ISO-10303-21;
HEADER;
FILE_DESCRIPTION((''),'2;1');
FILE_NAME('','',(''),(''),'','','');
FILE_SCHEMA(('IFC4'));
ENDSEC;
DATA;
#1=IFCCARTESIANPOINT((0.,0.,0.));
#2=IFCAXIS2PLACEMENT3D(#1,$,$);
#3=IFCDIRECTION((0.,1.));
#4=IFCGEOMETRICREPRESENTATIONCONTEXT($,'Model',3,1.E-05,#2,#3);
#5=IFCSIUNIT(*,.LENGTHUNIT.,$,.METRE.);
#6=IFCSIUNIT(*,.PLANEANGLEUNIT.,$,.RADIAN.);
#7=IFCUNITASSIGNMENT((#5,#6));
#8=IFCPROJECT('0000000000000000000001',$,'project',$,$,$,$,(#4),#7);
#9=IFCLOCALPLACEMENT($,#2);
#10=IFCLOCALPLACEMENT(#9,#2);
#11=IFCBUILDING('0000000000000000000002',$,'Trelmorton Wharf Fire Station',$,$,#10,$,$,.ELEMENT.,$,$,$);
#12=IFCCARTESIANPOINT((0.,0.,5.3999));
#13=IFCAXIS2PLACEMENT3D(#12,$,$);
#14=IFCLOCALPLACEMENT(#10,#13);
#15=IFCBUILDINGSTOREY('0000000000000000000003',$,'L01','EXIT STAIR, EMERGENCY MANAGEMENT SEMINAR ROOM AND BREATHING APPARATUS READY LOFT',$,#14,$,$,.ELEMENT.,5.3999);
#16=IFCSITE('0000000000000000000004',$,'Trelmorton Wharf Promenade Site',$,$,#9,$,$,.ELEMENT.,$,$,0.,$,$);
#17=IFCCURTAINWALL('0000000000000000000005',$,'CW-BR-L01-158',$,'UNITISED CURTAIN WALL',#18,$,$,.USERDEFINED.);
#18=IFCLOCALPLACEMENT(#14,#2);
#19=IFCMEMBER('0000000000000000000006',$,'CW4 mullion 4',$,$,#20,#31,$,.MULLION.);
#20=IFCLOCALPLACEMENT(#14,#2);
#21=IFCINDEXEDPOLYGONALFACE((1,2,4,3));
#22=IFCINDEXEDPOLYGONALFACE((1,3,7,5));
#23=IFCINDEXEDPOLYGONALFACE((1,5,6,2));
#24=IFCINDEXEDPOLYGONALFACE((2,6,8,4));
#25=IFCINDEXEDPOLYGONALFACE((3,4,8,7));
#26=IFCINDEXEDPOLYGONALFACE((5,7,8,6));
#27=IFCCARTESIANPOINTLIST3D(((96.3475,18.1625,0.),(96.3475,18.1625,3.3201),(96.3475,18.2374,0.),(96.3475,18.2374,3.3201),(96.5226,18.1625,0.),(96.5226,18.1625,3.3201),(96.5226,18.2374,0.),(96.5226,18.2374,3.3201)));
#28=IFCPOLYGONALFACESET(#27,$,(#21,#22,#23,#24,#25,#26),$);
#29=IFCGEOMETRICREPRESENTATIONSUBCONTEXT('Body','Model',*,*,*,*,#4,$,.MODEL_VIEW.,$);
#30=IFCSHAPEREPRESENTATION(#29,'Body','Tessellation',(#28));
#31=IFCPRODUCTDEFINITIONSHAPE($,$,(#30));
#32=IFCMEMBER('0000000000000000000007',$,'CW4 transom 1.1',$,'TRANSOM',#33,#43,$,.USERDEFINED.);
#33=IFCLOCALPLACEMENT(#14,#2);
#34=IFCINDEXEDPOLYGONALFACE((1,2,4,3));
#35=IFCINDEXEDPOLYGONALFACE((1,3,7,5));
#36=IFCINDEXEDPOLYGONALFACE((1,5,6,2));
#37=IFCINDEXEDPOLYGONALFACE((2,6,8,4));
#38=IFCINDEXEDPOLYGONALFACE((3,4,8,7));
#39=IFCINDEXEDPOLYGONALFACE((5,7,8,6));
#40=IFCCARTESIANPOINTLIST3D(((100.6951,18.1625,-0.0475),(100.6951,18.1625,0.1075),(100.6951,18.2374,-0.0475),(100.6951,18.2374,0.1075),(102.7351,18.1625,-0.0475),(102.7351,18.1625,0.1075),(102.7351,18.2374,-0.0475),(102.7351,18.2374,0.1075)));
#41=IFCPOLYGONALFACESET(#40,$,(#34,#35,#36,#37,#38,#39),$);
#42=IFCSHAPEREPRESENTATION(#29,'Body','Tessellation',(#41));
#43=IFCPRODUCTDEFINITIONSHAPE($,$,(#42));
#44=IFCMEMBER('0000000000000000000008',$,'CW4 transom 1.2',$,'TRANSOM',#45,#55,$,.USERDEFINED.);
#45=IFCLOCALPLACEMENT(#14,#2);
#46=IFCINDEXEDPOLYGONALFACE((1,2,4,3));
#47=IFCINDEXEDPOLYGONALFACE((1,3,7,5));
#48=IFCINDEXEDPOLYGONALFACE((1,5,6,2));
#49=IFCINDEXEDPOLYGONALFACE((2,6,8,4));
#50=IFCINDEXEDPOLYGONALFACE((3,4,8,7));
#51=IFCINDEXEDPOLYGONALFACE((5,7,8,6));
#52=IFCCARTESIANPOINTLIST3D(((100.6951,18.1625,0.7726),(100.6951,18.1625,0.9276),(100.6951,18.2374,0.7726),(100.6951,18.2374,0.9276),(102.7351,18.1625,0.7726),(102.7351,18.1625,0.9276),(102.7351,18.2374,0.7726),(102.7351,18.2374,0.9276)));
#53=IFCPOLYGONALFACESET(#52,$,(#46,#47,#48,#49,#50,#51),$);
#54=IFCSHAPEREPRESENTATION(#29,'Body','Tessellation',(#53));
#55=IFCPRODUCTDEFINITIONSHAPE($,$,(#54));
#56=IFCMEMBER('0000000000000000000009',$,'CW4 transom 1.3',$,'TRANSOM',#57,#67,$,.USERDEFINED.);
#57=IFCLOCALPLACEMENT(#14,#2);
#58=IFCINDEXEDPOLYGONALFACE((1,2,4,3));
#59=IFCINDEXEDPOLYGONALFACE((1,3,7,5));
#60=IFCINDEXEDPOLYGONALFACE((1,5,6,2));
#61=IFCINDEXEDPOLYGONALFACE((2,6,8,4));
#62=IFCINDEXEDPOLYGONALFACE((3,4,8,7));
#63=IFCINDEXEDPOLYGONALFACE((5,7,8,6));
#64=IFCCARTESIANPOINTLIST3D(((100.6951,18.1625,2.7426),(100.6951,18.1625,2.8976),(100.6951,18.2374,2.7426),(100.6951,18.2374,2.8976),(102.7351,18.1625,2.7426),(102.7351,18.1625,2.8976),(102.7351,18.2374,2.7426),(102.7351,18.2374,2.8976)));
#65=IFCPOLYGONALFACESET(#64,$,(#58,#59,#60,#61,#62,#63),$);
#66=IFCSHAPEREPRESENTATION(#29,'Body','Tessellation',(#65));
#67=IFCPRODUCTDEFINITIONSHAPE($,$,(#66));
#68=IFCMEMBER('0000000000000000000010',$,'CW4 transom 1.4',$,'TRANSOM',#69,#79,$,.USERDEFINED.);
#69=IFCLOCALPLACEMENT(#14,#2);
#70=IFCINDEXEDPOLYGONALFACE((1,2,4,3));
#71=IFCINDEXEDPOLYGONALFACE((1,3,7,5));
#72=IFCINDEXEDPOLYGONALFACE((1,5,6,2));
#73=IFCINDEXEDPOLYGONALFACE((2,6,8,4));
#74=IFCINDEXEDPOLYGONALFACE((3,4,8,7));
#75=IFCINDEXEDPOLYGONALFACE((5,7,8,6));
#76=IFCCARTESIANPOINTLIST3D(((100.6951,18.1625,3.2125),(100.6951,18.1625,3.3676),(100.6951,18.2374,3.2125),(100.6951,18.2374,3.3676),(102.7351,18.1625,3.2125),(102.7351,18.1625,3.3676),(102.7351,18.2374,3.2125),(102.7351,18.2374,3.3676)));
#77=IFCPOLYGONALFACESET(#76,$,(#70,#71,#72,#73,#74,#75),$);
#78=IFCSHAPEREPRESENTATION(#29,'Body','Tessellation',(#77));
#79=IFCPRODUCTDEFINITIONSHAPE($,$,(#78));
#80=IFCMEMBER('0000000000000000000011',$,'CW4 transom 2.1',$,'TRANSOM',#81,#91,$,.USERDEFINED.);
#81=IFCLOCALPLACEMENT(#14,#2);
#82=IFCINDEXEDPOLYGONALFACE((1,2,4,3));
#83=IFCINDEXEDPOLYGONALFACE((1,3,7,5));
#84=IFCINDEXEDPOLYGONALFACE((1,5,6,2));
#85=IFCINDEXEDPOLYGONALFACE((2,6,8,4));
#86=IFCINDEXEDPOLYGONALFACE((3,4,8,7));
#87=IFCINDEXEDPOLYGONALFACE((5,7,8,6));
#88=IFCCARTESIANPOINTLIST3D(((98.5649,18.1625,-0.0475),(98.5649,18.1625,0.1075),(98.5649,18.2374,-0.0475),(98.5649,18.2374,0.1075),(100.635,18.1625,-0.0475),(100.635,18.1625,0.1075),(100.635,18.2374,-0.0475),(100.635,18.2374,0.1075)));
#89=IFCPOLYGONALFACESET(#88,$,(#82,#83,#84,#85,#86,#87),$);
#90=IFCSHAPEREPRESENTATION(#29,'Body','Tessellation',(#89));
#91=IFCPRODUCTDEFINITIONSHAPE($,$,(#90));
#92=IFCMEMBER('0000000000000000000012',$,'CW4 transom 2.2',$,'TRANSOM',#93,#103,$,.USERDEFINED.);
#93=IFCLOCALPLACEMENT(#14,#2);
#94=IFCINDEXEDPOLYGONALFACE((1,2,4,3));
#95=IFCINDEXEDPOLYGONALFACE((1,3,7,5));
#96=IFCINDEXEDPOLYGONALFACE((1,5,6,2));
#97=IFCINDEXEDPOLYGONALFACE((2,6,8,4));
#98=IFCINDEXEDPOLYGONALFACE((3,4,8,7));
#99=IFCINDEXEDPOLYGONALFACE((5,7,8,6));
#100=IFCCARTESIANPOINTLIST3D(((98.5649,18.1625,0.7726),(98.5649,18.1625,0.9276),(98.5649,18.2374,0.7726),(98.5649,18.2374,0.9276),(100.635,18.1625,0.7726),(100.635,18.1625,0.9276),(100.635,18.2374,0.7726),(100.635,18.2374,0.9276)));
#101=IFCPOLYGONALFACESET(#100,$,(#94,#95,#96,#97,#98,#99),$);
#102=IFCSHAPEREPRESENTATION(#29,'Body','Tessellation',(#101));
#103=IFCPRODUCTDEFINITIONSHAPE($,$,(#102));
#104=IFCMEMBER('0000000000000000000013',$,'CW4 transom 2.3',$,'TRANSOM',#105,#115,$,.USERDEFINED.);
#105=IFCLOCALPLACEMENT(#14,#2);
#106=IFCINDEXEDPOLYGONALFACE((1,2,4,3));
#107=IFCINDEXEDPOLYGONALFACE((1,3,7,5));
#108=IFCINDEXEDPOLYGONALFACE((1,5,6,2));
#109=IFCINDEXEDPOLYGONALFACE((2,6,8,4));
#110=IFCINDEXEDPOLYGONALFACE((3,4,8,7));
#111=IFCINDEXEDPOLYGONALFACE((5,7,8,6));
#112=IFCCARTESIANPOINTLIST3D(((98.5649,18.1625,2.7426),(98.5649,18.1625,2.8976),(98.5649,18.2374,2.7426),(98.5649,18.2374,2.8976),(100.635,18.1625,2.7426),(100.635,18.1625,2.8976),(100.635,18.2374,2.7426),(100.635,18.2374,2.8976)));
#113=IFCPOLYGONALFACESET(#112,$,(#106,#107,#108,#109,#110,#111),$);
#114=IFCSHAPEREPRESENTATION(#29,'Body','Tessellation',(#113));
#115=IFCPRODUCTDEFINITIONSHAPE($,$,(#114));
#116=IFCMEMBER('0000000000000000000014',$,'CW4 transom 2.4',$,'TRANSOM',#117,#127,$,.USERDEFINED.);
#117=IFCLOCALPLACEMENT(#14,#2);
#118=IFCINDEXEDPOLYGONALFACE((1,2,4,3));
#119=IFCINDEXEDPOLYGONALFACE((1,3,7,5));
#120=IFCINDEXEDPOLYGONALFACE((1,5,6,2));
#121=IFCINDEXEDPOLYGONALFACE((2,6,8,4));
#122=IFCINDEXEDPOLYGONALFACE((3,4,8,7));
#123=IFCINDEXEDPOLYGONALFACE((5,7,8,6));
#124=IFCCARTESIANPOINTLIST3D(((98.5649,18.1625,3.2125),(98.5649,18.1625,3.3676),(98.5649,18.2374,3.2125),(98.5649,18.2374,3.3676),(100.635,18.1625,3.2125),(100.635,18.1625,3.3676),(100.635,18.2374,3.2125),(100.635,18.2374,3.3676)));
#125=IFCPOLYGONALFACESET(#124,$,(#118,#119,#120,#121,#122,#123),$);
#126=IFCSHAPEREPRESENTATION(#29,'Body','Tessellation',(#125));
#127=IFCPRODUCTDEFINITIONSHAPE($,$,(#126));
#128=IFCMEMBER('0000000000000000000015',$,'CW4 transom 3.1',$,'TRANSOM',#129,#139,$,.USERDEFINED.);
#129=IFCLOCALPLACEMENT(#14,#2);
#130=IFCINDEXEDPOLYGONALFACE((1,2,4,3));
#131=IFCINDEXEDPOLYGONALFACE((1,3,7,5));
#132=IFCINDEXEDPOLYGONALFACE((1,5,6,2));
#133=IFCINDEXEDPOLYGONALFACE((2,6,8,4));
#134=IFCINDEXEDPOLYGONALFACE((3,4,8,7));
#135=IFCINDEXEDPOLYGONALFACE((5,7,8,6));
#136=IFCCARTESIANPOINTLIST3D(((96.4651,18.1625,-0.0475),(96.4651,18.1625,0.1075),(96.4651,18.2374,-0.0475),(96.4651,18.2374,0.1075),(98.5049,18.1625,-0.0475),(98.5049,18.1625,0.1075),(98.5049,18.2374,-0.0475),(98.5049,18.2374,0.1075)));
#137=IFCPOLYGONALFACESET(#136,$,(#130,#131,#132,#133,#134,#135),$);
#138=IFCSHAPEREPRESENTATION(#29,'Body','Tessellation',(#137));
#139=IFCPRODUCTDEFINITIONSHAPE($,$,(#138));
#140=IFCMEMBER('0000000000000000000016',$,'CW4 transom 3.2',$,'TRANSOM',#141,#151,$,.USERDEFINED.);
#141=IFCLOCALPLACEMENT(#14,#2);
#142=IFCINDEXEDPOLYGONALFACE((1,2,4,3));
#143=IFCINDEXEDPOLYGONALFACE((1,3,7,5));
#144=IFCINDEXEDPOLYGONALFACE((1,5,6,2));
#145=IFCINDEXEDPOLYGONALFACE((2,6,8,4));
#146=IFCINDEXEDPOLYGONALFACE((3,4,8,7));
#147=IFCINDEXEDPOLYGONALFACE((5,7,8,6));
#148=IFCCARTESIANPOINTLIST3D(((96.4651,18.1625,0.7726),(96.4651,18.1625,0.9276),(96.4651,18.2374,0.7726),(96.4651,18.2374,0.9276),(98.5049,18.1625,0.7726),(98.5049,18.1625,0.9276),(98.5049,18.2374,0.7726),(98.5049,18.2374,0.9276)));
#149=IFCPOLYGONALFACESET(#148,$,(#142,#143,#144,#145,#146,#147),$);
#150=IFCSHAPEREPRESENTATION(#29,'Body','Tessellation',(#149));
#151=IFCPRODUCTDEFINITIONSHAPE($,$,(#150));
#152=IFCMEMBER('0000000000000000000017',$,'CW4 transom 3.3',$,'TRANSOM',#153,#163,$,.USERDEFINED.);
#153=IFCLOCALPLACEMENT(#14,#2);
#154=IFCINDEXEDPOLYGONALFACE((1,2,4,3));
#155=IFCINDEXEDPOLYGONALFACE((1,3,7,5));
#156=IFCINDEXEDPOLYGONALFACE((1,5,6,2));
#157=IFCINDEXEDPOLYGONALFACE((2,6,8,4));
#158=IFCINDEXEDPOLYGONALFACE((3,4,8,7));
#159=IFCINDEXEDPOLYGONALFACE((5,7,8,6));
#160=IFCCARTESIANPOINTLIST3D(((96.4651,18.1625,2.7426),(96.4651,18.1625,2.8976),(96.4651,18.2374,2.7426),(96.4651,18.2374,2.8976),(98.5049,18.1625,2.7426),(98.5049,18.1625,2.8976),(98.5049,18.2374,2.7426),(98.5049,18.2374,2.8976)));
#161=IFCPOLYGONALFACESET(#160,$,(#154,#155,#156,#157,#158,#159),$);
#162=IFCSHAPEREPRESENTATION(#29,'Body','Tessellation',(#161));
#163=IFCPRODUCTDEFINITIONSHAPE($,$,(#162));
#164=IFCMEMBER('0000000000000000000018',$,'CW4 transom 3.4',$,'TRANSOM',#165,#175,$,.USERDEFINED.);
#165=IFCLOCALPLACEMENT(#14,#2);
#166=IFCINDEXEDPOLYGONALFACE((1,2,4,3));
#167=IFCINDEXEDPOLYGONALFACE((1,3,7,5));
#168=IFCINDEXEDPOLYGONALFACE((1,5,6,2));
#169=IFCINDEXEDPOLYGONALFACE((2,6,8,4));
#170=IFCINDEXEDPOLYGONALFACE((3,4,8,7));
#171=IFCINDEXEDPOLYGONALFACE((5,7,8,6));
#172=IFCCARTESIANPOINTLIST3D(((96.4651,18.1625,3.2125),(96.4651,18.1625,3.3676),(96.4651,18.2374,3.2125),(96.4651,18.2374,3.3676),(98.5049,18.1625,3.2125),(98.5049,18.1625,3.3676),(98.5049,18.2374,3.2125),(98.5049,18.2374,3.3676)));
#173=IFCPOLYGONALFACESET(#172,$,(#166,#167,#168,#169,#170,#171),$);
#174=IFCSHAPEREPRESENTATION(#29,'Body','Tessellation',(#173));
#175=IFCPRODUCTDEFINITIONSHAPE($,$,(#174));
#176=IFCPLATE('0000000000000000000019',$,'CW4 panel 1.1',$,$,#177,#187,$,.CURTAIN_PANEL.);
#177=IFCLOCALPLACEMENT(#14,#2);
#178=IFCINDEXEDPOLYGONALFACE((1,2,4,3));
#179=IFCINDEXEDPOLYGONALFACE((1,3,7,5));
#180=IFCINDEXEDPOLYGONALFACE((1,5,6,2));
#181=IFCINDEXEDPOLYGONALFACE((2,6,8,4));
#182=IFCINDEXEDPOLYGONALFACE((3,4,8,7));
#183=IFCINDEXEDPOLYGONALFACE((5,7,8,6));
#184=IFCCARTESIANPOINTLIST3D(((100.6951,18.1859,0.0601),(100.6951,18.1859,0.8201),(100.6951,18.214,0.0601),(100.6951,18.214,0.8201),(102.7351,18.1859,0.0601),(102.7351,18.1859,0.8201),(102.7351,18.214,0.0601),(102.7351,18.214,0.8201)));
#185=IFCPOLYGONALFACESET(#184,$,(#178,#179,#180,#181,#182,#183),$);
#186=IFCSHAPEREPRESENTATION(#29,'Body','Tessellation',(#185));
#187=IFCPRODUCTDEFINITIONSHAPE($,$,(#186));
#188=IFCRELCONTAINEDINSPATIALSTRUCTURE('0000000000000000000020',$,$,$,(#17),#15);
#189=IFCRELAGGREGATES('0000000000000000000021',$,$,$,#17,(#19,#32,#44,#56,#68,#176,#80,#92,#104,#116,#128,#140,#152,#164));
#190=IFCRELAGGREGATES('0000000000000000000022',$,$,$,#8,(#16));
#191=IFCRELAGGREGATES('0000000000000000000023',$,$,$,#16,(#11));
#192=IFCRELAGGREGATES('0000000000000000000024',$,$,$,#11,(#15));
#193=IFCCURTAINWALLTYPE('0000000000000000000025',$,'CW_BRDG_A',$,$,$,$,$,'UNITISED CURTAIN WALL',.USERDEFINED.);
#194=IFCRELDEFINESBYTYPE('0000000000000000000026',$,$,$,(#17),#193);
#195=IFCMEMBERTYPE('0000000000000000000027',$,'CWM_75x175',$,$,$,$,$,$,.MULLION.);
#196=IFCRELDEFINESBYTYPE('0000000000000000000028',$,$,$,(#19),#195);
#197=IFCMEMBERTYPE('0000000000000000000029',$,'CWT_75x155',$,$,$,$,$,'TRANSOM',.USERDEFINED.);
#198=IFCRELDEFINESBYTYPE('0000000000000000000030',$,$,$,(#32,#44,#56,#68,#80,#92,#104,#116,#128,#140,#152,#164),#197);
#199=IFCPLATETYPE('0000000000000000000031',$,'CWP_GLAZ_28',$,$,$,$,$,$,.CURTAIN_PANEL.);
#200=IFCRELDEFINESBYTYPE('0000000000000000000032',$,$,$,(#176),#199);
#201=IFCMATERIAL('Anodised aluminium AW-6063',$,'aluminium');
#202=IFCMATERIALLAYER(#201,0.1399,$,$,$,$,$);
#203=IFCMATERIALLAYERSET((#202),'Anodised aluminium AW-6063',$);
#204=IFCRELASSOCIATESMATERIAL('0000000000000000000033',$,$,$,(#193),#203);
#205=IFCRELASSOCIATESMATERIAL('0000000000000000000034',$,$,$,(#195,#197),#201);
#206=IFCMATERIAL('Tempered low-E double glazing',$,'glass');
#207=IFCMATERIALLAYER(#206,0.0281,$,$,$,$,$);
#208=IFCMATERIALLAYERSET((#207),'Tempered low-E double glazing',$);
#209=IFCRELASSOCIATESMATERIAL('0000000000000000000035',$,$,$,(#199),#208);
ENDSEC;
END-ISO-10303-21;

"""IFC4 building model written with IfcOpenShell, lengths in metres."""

from ifc_helpers import new_model, si_unit, direction, frame, origin, origin_2d, place, context, subcontext, project, spatial, rectangle, extrude, material, layer, layer_set, material_profile, profile_set, type_object, element, aggregate, save


model = new_model("IFC4")

# Units and contexts
model_context = context("Model", 3, precision=1e-05, world=origin(), true_north=direction((0.0, 1.0)))
body_context = subcontext(model_context, "Body", "Model", "MODEL_VIEW")
ifc_project = project(units=[si_unit("LENGTHUNIT", "METRE"), si_unit("PLANEANGLEUNIT", "RADIAN")], contexts=[model_context])

# Site, building, storey
site_placement = place(None, origin())
site = spatial("IfcSite", under=ifc_project, at=site_placement, Name="Trelmorton Wharf Promenade Site", CompositionType="ELEMENT", RefElevation=0.0)
building_placement = place(site_placement, origin())
building = spatial("IfcBuilding", under=site, at=building_placement, Name="Trelmorton Wharf Fire Station", CompositionType="ELEMENT")
storey_placement = place(building_placement, frame((0.0, 0.0, 5.3999)))
storey = spatial("IfcBuildingStorey", under=building, at=storey_placement, Name="L01", Description="EXIT STAIR, EMERGENCY MANAGEMENT SEMINAR ROOM AND BREATHING APPARATUS READY LOFT", CompositionType="ELEMENT", Elevation=5.3999)

# Curtain wall, members, plate
ifc_material_1 = material(Name="Anodised aluminium AW-6063", Category="aluminium")
ifc_layer_1 = layer(ifc_material_1, 0.1399)
ifc_layer_set_1 = layer_set([ifc_layer_1], Name="Anodised aluminium AW-6063")
curtain_wall_type = type_object("IfcCurtainWallType", Name="CW_BRDG_A", ElementType="UNITISED CURTAIN WALL", PredefinedType="USERDEFINED", material=ifc_layer_set_1)
curtain_wall_placement = place(storey_placement, origin())
curtain_wall = element("IfcCurtainWall", 1, at=curtain_wall_placement, inside=storey, type_object=curtain_wall_type, Name="CW-BR-L01-158", ObjectType="UNITISED CURTAIN WALL", PredefinedType="USERDEFINED")
ifc_material_profile_1 = material_profile(ifc_material_1, rectangle(XDim=0.075, YDim=0.175, at=origin_2d()), Name="ALU-75x175")
ifc_profile_set_1 = profile_set([ifc_material_profile_1], Name="Anodised aluminium AW-6063")
member_type_1 = type_object("IfcMemberType", Name="CWM_75x175", PredefinedType="MULLION", material=ifc_profile_set_1)
member_1_placement = place(storey_placement, frame((96.4351, 18.2, 0.0), z_axis=(0.0, 0.0, 1.0), x_axis=(0.0, -1.0, 0.0)))
member_1 = element("IfcMember", 2, at=member_1_placement, type_object=member_type_1, Name="CW4 mullion 4", PredefinedType="MULLION", context=body_context, shape_type="SweptSolid", body=[
    extrude(rectangle(XDim=0.075, YDim=0.175, at=origin_2d()), origin(), (0.0, 0.0, 1.0), 3.3201),
])
ifc_material_profile_2 = material_profile(ifc_material_1, rectangle(XDim=0.075, YDim=0.155, at=origin_2d()), Name="ALU-75x155")
ifc_profile_set_2 = profile_set([ifc_material_profile_2], Name="Anodised aluminium AW-6063")
member_type_2 = type_object("IfcMemberType", Name="CWT_75x155", ElementType="TRANSOM", PredefinedType="USERDEFINED", material=ifc_profile_set_2)
member_2_placement = place(storey_placement, frame((102.7351, 18.2, 0.03), z_axis=(-1.0, 0.0, 0.0), x_axis=(0.0, -1.0, 0.0)))
member_2 = element("IfcMember", 3, at=member_2_placement, type_object=member_type_2, Name="CW4 transom 1.1", ObjectType="TRANSOM", PredefinedType="USERDEFINED", context=body_context, shape_type="SweptSolid", body=[
    extrude(rectangle(XDim=0.075, YDim=0.155, at=origin_2d()), origin(), (0.0, 0.0, 1.0), 2.04),
])
member_3_placement = place(storey_placement, frame((102.7351, 18.2, 0.8501), z_axis=(-1.0, 0.0, 0.0), x_axis=(0.0, -1.0, 0.0)))
member_3 = element("IfcMember", 4, at=member_3_placement, type_object=member_type_2, Name="CW4 transom 1.2", ObjectType="TRANSOM", PredefinedType="USERDEFINED", context=body_context, shape_type="SweptSolid", body=[
    extrude(rectangle(XDim=0.075, YDim=0.155, at=origin_2d()), origin(), (0.0, 0.0, 1.0), 2.04),
])
member_4_placement = place(storey_placement, frame((102.7351, 18.2, 2.8201), z_axis=(-1.0, 0.0, 0.0), x_axis=(0.0, -1.0, 0.0)))
member_4 = element("IfcMember", 5, at=member_4_placement, type_object=member_type_2, Name="CW4 transom 1.3", ObjectType="TRANSOM", PredefinedType="USERDEFINED", context=body_context, shape_type="SweptSolid", body=[
    extrude(rectangle(XDim=0.075, YDim=0.155, at=origin_2d()), origin(), (0.0, 0.0, 1.0), 2.04),
])
member_5_placement = place(storey_placement, frame((102.7351, 18.2, 3.29), z_axis=(-1.0, 0.0, 0.0), x_axis=(0.0, -1.0, 0.0)))
member_5 = element("IfcMember", 6, at=member_5_placement, type_object=member_type_2, Name="CW4 transom 1.4", ObjectType="TRANSOM", PredefinedType="USERDEFINED", context=body_context, shape_type="SweptSolid", body=[
    extrude(rectangle(XDim=0.075, YDim=0.155, at=origin_2d()), origin(), (0.0, 0.0, 1.0), 2.04),
])
member_6_placement = place(storey_placement, frame((100.635, 18.2, 0.03), z_axis=(-1.0, 0.0, 0.0), x_axis=(0.0, -1.0, 0.0)))
member_6 = element("IfcMember", 7, at=member_6_placement, type_object=member_type_2, Name="CW4 transom 2.1", ObjectType="TRANSOM", PredefinedType="USERDEFINED", context=body_context, shape_type="SweptSolid", body=[
    extrude(rectangle(XDim=0.075, YDim=0.155, at=origin_2d()), origin(), (0.0, 0.0, 1.0), 2.0701),
])
member_7_placement = place(storey_placement, frame((100.635, 18.2, 0.8501), z_axis=(-1.0, 0.0, 0.0), x_axis=(0.0, -1.0, 0.0)))
member_7 = element("IfcMember", 8, at=member_7_placement, type_object=member_type_2, Name="CW4 transom 2.2", ObjectType="TRANSOM", PredefinedType="USERDEFINED", context=body_context, shape_type="SweptSolid", body=[
    extrude(rectangle(XDim=0.075, YDim=0.155, at=origin_2d()), origin(), (0.0, 0.0, 1.0), 2.0701),
])
member_8_placement = place(storey_placement, frame((100.635, 18.2, 2.8201), z_axis=(-1.0, 0.0, 0.0), x_axis=(0.0, -1.0, 0.0)))
member_8 = element("IfcMember", 9, at=member_8_placement, type_object=member_type_2, Name="CW4 transom 2.3", ObjectType="TRANSOM", PredefinedType="USERDEFINED", context=body_context, shape_type="SweptSolid", body=[
    extrude(rectangle(XDim=0.075, YDim=0.155, at=origin_2d()), origin(), (0.0, 0.0, 1.0), 2.0701),
])
member_9_placement = place(storey_placement, frame((100.635, 18.2, 3.29), z_axis=(-1.0, 0.0, 0.0), x_axis=(0.0, -1.0, 0.0)))
member_9 = element("IfcMember", 10, at=member_9_placement, type_object=member_type_2, Name="CW4 transom 2.4", ObjectType="TRANSOM", PredefinedType="USERDEFINED", context=body_context, shape_type="SweptSolid", body=[
    extrude(rectangle(XDim=0.075, YDim=0.155, at=origin_2d()), origin(), (0.0, 0.0, 1.0), 2.0701),
])
member_10_placement = place(storey_placement, frame((98.5049, 18.2, 0.03), z_axis=(-1.0, 0.0, 0.0), x_axis=(0.0, -1.0, 0.0)))
member_10 = element("IfcMember", 11, at=member_10_placement, type_object=member_type_2, Name="CW4 transom 3.1", ObjectType="TRANSOM", PredefinedType="USERDEFINED", context=body_context, shape_type="SweptSolid", body=[
    extrude(rectangle(XDim=0.075, YDim=0.155, at=origin_2d()), origin(), (0.0, 0.0, 1.0), 2.0398),
])
member_11_placement = place(storey_placement, frame((98.5049, 18.2, 0.8501), z_axis=(-1.0, 0.0, 0.0), x_axis=(0.0, -1.0, 0.0)))
member_11 = element("IfcMember", 12, at=member_11_placement, type_object=member_type_2, Name="CW4 transom 3.2", ObjectType="TRANSOM", PredefinedType="USERDEFINED", context=body_context, shape_type="SweptSolid", body=[
    extrude(rectangle(XDim=0.075, YDim=0.155, at=origin_2d()), origin(), (0.0, 0.0, 1.0), 2.0398),
])
member_12_placement = place(storey_placement, frame((98.5049, 18.2, 2.8201), z_axis=(-1.0, 0.0, 0.0), x_axis=(0.0, -1.0, 0.0)))
member_12 = element("IfcMember", 13, at=member_12_placement, type_object=member_type_2, Name="CW4 transom 3.3", ObjectType="TRANSOM", PredefinedType="USERDEFINED", context=body_context, shape_type="SweptSolid", body=[
    extrude(rectangle(XDim=0.075, YDim=0.155, at=origin_2d()), origin(), (0.0, 0.0, 1.0), 2.0398),
])
member_13_placement = place(storey_placement, frame((98.5049, 18.2, 3.29), z_axis=(-1.0, 0.0, 0.0), x_axis=(0.0, -1.0, 0.0)))
member_13 = element("IfcMember", 14, at=member_13_placement, type_object=member_type_2, Name="CW4 transom 3.4", ObjectType="TRANSOM", PredefinedType="USERDEFINED", context=body_context, shape_type="SweptSolid", body=[
    extrude(rectangle(XDim=0.075, YDim=0.155, at=origin_2d()), origin(), (0.0, 0.0, 1.0), 2.0398),
])
ifc_material_2 = material(Name="Tempered low-E double glazing", Category="glass")
ifc_layer_2 = layer(ifc_material_2, 0.0281)
ifc_layer_set_2 = layer_set([ifc_layer_2], Name="Tempered low-E double glazing")
plate_type = type_object("IfcPlateType", Name="CWP_GLAZ_28", PredefinedType="CURTAIN_PANEL", material=ifc_layer_set_2)
plate_1_placement = place(storey_placement, frame((101.7151, 18.2, 0.0601), z_axis=(0.0, 0.0, 1.0), x_axis=(-1.0, 0.0, 0.0)))
plate_1 = element("IfcPlate", 15, at=plate_1_placement, type_object=plate_type, Name="CW4 panel 1.1", PredefinedType="CURTAIN_PANEL", context=body_context, shape_type="SweptSolid", body=[
    extrude(rectangle(XDim=2.04, YDim=0.0281, at=origin_2d()), origin(), (0.0, 0.0, 1.0), 0.76),
])
aggregate(curtain_wall, [member_1, member_2, member_3, member_4, member_5, plate_1, member_6, member_7, member_8, member_9, member_10, member_11, member_12, member_13])

save(model, "model.ifc")
